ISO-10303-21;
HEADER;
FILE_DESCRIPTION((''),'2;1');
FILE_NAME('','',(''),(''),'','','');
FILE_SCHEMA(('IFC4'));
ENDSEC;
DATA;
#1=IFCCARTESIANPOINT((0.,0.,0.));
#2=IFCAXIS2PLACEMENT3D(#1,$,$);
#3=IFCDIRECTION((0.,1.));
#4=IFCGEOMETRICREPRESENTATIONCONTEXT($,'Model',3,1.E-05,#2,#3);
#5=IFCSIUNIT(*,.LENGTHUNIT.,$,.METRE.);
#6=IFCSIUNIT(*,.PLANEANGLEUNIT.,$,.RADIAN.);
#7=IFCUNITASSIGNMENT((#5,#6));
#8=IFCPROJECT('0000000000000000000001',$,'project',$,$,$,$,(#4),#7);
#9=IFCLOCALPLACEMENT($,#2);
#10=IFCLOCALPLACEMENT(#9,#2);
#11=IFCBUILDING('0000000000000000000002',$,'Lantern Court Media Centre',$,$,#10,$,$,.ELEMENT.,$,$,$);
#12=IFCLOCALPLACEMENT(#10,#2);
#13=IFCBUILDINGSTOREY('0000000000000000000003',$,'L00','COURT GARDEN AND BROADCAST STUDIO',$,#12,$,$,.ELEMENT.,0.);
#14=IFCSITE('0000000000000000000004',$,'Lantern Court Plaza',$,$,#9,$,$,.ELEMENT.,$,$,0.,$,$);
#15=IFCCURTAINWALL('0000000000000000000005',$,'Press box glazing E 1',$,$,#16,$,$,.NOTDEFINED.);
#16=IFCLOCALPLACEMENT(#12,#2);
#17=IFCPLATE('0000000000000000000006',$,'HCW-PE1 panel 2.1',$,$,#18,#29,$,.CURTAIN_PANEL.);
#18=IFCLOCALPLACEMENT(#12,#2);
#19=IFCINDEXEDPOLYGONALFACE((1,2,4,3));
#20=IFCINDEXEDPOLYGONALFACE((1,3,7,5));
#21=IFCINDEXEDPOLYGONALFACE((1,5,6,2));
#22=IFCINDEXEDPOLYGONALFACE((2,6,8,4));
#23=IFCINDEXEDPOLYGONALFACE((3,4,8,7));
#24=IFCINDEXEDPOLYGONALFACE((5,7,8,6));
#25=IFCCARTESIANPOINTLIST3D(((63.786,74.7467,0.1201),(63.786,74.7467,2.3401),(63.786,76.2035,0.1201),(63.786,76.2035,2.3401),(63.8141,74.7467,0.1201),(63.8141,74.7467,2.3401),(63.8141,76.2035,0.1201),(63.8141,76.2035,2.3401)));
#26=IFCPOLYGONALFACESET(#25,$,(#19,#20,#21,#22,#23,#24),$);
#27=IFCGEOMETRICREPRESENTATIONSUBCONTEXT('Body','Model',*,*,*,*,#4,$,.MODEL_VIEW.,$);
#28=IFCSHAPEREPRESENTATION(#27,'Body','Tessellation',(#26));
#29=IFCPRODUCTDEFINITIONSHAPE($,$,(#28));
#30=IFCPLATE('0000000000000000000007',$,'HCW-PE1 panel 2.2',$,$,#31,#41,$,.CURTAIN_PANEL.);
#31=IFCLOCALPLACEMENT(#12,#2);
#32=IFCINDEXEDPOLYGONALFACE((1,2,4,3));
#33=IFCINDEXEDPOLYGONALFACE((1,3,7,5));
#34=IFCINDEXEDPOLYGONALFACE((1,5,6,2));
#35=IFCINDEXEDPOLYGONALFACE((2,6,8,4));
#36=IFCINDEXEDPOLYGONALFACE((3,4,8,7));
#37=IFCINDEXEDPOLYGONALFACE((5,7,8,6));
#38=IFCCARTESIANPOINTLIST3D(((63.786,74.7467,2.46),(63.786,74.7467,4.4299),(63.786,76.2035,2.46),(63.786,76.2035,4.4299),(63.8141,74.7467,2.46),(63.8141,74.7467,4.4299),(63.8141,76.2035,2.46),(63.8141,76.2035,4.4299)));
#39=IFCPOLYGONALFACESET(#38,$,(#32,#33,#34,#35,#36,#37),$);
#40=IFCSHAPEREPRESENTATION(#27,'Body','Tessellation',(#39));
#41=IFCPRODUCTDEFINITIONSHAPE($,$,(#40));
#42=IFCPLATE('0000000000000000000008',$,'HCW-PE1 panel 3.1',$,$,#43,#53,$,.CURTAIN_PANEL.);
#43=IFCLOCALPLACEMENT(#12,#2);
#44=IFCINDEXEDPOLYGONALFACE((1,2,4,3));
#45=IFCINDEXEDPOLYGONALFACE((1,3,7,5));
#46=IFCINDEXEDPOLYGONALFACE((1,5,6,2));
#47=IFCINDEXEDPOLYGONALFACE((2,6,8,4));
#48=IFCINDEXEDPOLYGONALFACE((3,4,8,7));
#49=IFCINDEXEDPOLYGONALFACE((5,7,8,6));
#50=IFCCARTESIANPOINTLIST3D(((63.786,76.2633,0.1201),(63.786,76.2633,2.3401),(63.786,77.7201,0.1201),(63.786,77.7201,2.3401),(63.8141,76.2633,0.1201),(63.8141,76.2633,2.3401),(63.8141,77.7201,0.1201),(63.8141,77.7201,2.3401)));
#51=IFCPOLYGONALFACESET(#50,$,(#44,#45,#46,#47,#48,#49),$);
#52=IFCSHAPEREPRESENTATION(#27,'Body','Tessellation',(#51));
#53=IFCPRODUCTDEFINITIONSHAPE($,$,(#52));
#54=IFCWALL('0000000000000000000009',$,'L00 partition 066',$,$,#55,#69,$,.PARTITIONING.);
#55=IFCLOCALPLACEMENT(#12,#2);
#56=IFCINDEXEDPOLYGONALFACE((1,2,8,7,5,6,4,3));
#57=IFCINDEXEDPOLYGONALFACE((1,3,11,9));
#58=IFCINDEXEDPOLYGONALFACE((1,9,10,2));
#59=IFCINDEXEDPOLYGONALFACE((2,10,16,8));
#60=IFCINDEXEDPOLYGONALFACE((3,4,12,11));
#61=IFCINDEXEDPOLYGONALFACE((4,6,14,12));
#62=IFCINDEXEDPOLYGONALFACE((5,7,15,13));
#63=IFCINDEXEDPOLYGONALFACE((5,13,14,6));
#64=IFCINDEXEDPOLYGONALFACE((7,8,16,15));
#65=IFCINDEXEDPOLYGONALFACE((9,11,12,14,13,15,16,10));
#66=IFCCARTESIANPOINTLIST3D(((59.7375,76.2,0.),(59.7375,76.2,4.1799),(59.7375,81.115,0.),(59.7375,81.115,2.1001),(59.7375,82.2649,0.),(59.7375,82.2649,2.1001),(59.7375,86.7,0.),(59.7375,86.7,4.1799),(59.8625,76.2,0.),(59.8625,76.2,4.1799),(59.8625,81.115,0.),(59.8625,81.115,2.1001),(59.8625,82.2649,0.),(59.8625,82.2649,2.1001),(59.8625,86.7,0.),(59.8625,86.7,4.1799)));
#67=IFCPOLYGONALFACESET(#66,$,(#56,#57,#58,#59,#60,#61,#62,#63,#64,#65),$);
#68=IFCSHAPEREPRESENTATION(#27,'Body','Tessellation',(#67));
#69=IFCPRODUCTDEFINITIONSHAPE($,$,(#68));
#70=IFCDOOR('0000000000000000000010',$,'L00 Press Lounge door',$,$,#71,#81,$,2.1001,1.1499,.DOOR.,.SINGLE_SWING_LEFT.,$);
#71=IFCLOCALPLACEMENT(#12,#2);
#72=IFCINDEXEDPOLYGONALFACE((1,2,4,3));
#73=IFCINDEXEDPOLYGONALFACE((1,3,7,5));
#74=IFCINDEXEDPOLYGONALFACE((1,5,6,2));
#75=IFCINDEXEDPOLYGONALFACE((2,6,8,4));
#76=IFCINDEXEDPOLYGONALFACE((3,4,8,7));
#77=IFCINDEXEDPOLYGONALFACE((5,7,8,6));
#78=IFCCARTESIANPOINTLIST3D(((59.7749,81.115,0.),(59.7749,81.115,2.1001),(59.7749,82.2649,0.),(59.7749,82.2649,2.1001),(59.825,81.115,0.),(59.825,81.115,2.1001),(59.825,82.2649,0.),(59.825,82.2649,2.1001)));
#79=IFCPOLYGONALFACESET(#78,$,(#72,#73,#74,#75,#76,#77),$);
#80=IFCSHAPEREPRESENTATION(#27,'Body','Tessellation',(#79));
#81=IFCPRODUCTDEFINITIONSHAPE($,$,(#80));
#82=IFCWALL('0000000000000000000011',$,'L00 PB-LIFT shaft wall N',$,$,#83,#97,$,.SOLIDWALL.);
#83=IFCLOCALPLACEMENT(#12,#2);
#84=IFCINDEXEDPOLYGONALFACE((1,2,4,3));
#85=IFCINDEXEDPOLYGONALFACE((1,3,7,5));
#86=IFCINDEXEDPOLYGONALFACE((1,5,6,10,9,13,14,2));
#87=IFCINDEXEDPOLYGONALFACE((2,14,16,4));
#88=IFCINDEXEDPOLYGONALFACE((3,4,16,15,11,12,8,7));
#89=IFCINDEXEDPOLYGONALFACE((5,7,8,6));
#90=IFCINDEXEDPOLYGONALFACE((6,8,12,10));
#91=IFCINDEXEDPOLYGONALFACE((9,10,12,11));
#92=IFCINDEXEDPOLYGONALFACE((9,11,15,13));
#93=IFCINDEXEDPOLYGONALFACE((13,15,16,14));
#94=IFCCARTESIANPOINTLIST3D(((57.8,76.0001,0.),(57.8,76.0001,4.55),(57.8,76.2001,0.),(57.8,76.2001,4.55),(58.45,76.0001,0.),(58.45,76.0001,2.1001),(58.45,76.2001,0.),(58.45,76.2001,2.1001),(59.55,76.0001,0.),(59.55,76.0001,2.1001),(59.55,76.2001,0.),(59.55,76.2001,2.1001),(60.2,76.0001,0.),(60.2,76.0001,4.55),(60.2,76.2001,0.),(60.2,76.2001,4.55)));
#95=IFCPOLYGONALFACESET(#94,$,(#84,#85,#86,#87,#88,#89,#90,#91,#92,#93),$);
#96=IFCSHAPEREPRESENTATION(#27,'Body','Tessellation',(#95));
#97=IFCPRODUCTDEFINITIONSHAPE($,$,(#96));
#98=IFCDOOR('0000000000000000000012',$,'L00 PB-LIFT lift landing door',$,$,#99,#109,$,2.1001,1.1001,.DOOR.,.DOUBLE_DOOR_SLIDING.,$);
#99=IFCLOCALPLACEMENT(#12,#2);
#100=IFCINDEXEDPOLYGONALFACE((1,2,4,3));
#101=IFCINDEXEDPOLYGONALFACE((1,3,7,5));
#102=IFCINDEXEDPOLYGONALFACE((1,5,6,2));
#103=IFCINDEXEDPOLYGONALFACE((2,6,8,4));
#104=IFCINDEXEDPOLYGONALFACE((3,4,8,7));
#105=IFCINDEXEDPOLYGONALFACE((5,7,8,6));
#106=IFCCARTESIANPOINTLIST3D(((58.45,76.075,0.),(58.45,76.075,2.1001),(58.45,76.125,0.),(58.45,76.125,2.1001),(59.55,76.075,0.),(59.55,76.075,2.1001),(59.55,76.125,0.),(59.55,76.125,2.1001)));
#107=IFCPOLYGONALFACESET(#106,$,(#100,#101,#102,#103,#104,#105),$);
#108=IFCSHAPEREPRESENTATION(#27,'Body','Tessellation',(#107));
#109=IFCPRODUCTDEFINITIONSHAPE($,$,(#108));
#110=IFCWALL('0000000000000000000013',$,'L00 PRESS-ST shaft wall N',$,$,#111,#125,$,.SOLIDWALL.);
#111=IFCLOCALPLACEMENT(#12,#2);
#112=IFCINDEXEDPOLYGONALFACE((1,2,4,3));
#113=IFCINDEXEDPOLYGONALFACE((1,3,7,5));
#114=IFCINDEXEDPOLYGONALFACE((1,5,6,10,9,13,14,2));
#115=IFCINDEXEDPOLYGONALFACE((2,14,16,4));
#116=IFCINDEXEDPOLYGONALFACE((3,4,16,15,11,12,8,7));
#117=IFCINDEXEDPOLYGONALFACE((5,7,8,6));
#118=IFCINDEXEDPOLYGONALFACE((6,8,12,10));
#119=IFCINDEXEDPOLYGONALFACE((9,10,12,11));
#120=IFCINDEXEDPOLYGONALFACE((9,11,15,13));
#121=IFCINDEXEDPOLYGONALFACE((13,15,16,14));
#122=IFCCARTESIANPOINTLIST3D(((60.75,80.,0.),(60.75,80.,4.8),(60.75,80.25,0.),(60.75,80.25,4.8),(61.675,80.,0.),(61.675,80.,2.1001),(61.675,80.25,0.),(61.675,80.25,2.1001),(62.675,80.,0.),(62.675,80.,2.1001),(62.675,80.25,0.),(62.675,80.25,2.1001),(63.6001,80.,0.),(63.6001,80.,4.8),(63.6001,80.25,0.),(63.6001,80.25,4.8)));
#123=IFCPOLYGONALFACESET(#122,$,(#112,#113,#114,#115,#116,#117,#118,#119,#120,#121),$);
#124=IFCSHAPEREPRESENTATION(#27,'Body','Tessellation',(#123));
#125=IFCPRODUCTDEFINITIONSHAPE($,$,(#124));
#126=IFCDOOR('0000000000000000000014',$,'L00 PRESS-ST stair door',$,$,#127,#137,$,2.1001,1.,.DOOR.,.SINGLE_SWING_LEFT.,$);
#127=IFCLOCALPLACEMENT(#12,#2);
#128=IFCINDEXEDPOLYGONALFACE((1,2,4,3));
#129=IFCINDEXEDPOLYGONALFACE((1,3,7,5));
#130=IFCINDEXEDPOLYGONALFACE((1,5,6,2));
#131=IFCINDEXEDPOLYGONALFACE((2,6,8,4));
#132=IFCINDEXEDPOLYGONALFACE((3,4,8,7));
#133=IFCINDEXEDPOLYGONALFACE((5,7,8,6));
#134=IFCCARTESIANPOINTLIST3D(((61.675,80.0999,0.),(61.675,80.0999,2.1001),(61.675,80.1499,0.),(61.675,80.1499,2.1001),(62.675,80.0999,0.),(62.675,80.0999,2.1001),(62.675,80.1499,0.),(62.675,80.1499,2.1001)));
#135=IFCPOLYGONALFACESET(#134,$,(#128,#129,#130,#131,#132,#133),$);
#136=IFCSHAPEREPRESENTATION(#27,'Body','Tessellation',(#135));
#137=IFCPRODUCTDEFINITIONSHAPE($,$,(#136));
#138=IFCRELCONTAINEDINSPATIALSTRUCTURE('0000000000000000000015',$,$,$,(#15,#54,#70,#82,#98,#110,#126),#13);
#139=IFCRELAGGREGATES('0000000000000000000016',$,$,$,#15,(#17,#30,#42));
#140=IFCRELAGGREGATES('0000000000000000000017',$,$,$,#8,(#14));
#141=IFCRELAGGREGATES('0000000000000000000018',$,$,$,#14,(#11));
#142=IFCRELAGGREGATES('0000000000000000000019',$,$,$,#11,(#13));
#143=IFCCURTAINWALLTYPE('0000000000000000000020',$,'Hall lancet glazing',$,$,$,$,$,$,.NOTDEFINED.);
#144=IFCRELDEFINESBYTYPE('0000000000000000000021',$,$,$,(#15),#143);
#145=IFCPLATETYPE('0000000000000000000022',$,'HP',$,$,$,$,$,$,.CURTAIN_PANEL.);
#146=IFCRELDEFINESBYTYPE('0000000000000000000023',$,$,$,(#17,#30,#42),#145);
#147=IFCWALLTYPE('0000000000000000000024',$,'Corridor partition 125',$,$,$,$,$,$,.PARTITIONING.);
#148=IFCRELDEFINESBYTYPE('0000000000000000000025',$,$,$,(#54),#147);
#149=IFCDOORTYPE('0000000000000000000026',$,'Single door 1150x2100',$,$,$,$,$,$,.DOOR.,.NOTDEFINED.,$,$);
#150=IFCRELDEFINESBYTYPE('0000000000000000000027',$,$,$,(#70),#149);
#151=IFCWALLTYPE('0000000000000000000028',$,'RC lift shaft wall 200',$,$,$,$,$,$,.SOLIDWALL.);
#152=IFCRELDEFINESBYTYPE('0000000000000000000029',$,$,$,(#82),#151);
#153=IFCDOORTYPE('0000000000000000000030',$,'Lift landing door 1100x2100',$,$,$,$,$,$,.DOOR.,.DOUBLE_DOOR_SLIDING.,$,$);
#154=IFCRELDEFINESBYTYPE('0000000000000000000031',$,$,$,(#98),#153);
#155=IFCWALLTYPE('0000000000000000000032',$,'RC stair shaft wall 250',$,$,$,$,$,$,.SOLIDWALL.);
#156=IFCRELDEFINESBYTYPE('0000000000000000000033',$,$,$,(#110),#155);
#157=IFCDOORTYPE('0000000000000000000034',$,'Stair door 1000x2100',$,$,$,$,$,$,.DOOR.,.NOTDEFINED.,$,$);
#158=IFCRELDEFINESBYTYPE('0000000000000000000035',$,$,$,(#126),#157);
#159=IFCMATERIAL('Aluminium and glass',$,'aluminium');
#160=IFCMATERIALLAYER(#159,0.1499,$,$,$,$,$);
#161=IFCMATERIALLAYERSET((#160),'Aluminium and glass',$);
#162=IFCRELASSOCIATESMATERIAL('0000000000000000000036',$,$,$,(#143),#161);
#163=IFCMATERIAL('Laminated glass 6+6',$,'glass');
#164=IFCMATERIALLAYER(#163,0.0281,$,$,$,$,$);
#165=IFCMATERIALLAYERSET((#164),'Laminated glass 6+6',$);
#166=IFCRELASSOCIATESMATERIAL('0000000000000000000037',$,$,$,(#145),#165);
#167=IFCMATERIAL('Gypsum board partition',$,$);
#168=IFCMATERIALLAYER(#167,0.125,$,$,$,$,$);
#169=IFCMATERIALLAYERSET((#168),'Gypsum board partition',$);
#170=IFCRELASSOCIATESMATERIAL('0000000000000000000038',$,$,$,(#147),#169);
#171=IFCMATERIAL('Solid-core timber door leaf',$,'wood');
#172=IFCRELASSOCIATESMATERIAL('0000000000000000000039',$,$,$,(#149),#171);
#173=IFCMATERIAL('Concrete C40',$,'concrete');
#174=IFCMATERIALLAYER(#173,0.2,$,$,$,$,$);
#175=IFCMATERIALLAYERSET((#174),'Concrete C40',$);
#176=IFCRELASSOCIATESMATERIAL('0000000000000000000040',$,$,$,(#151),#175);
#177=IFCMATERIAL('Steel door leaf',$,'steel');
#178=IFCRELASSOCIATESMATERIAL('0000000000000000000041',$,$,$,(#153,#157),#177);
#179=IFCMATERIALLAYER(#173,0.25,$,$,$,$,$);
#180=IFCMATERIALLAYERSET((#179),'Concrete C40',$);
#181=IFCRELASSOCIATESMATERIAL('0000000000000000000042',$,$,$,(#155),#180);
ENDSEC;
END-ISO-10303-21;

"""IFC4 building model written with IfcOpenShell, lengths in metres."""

from ifc_helpers import new_model, si_unit, direction, frame, frame_2d, origin, origin_2d, place, context, subcontext, project, spatial, rectangle, extrude, material, layer, layer_set, type_object, element, fill, aggregate, save


model = new_model("IFC4")

# Units and contexts
model_context = context("Model", 3, precision=1e-05, world=origin(), true_north=direction((0.0, 1.0)))
body_context = subcontext(model_context, "Body", "Model", "MODEL_VIEW")
ifc_project = project(units=[si_unit("LENGTHUNIT", "METRE"), si_unit("PLANEANGLEUNIT", "RADIAN")], contexts=[model_context])

# Site, building, storey
site_placement = place(None, origin())
site = spatial("IfcSite", under=ifc_project, at=site_placement, Name="Lantern Court Plaza", CompositionType="ELEMENT", RefElevation=0.0)
building_placement = place(site_placement, origin())
building = spatial("IfcBuilding", under=site, at=building_placement, Name="Lantern Court Media Centre", CompositionType="ELEMENT")
storey_placement = place(building_placement, origin())
storey = spatial("IfcBuildingStorey", under=building, at=storey_placement, Name="L00", Description="COURT GARDEN AND BROADCAST STUDIO", CompositionType="ELEMENT", Elevation=0.0)

# Curtain wall, plates
ifc_material_1 = material(Name="Aluminium and glass", Category="aluminium")
ifc_layer_1 = layer(ifc_material_1, 0.1499)
ifc_layer_set_1 = layer_set([ifc_layer_1], Name="Aluminium and glass")
curtain_wall_type = type_object("IfcCurtainWallType", Name="Hall lancet glazing", PredefinedType="NOTDEFINED", material=ifc_layer_set_1)
curtain_wall_placement = place(storey_placement, origin())
curtain_wall = element("IfcCurtainWall", 1, at=curtain_wall_placement, inside=storey, type_object=curtain_wall_type, Name="Press box glazing E 1", PredefinedType="NOTDEFINED")
ifc_material_2 = material(Name="Laminated glass 6+6", Category="glass")
ifc_layer_2 = layer(ifc_material_2, 0.0281)
ifc_layer_set_2 = layer_set([ifc_layer_2], Name="Laminated glass 6+6")
plate_type = type_object("IfcPlateType", Name="HP", PredefinedType="CURTAIN_PANEL", material=ifc_layer_set_2)
plate_1_placement = place(storey_placement, frame((63.8, 75.4751, 0.1201), z_axis=(0.0, 0.0, 1.0), x_axis=(0.0, 1.0, 0.0)))
plate_1 = element("IfcPlate", 2, at=plate_1_placement, type_object=plate_type, Name="HCW-PE1 panel 2.1", PredefinedType="CURTAIN_PANEL", context=body_context, shape_type="SweptSolid", body=[
    extrude(rectangle(XDim=1.4568, YDim=0.0281, at=origin_2d()), origin(), (0.0, 0.0, 1.0), 2.22),
])
plate_2_placement = place(storey_placement, frame((63.8, 75.4751, 2.46), z_axis=(0.0, 0.0, 1.0), x_axis=(0.0, 1.0, 0.0)))
plate_2 = element("IfcPlate", 3, at=plate_2_placement, type_object=plate_type, Name="HCW-PE1 panel 2.2", PredefinedType="CURTAIN_PANEL", context=body_context, shape_type="SweptSolid", body=[
    extrude(rectangle(XDim=1.4568, YDim=0.0281, at=origin_2d()), origin(), (0.0, 0.0, 1.0), 1.97),
])
plate_3_placement = place(storey_placement, frame((63.8, 76.9917, 0.1201), z_axis=(0.0, 0.0, 1.0), x_axis=(0.0, 1.0, 0.0)))
plate_3 = element("IfcPlate", 4, at=plate_3_placement, type_object=plate_type, Name="HCW-PE1 panel 3.1", PredefinedType="CURTAIN_PANEL", context=body_context, shape_type="SweptSolid", body=[
    extrude(rectangle(XDim=1.4568, YDim=0.0281, at=origin_2d()), origin(), (0.0, 0.0, 1.0), 2.22),
])
aggregate(curtain_wall, [plate_1, plate_2, plate_3])

# Walls, openings, doors
ifc_material_3 = material(Name="Gypsum board partition")
ifc_layer_3 = layer(ifc_material_3, 0.125)
ifc_layer_set_3 = layer_set([ifc_layer_3], Name="Gypsum board partition")
wall_type_1 = type_object("IfcWallType", Name="Corridor partition 125", PredefinedType="PARTITIONING", material=ifc_layer_set_3)
wall_1_placement = place(storey_placement, frame((59.8, 76.2, 0.0), z_axis=(0.0, 0.0, 1.0), x_axis=(0.0, 1.0, 0.0)))
wall_1 = element("IfcWall", 5, at=wall_1_placement, inside=storey, type_object=wall_type_1, Name="L00 partition 066", PredefinedType="PARTITIONING", context=body_context, shape_type="SweptSolid", body=[
    extrude(rectangle(XDim=10.5, YDim=0.125, at=frame_2d((5.25, 0.0))), origin(), (0.0, 0.0, 1.0), 4.1799),
])
opening_1_placement = place(wall_1_placement, frame((4.915, 0.0, 0.0)))
opening_1 = element("IfcOpeningElement", 6, at=opening_1_placement, cuts=wall_1, PredefinedType="OPENING", context=body_context, shape_type="SweptSolid", body=[
    extrude(rectangle(XDim=1.1499, YDim=2.1001, at=frame_2d((0.575, 1.05))), frame((0.0, 0.0725, 0.0), z_axis=(0.0, -1.0, 0.0), x_axis=(1.0, 0.0, 0.0)), (0.0, 0.0, 1.0), 0.145),
])
ifc_material_4 = material(Name="Solid-core timber door leaf", Category="wood")
door_type_1 = type_object("IfcDoorType", Name="Single door 1150x2100", OperationType="NOTDEFINED", PredefinedType="DOOR", material=ifc_material_4)
door_1_placement = place(opening_1_placement, frame((1.1499, 0.0, 0.0), z_axis=(0.0, 0.0, 1.0), x_axis=(-1.0, 0.0, 0.0)))
door_1 = element("IfcDoor", 7, at=door_1_placement, inside=storey, type_object=door_type_1, Name="L00 Press Lounge door", OperationType="SINGLE_SWING_LEFT", OverallHeight=2.1001, OverallWidth=1.1499, PredefinedType="DOOR", context=body_context, shape_type="SweptSolid", body=[
    extrude(rectangle(XDim=1.1499, YDim=2.1001, at=frame_2d((0.575, 1.05))), frame((0.0, 0.0249, 0.0), z_axis=(0.0, -1.0, 0.0), x_axis=(1.0, 0.0, 0.0)), (0.0, 0.0, 1.0), 0.05),
])
fill(opening_1, door_1)
ifc_material_5 = material(Name="Concrete C40", Category="concrete")
ifc_layer_4 = layer(ifc_material_5, 0.2)
ifc_layer_set_4 = layer_set([ifc_layer_4], Name="Concrete C40")
wall_type_2 = type_object("IfcWallType", Name="RC lift shaft wall 200", PredefinedType="SOLIDWALL", material=ifc_layer_set_4)
wall_2_placement = place(storey_placement, frame((57.8, 76.1001, 0.0), z_axis=(0.0, 0.0, 1.0), x_axis=(1.0, 0.0, 0.0)))
wall_2 = element("IfcWall", 8, at=wall_2_placement, inside=storey, type_object=wall_type_2, Name="L00 PB-LIFT shaft wall N", PredefinedType="SOLIDWALL", context=body_context, shape_type="SweptSolid", body=[
    extrude(rectangle(XDim=2.3999, YDim=0.2, at=frame_2d((1.2, 0.0))), origin(), (0.0, 0.0, 1.0), 4.55),
])
opening_2_placement = place(wall_2_placement, frame((0.6499, 0.0, 0.0)))
opening_2 = element("IfcOpeningElement", 9, at=opening_2_placement, cuts=wall_2, PredefinedType="OPENING", context=body_context, shape_type="SweptSolid", body=[
    extrude(rectangle(XDim=1.1001, YDim=2.1001, at=frame_2d((0.55, 1.05))), frame((0.0, 0.1099, 0.0), z_axis=(0.0, -1.0, 0.0), x_axis=(1.0, 0.0, 0.0)), (0.0, 0.0, 1.0), 0.22),
])
ifc_material_6 = material(Name="Steel door leaf", Category="steel")
door_type_2 = type_object("IfcDoorType", Name="Lift landing door 1100x2100", OperationType="DOUBLE_DOOR_SLIDING", PredefinedType="DOOR", material=ifc_material_6)
door_2_placement = place(opening_2_placement, origin())
door_2 = element("IfcDoor", 10, at=door_2_placement, inside=storey, type_object=door_type_2, Name="L00 PB-LIFT lift landing door", OperationType="DOUBLE_DOOR_SLIDING", OverallHeight=2.1001, OverallWidth=1.1001, PredefinedType="DOOR", context=body_context, shape_type="SweptSolid", body=[
    extrude(rectangle(XDim=1.1001, YDim=2.1001, at=frame_2d((0.55, 1.05))), frame((0.0, 0.0249, 0.0), z_axis=(0.0, -1.0, 0.0), x_axis=(1.0, 0.0, 0.0)), (0.0, 0.0, 1.0), 0.05),
])
fill(opening_2, door_2)
ifc_layer_5 = layer(ifc_material_5, 0.25)
ifc_layer_set_5 = layer_set([ifc_layer_5], Name="Concrete C40")
wall_type_3 = type_object("IfcWallType", Name="RC stair shaft wall 250", PredefinedType="SOLIDWALL", material=ifc_layer_set_5)
wall_3_placement = place(storey_placement, frame((60.75, 80.125, 0.0), z_axis=(0.0, 0.0, 1.0), x_axis=(1.0, 0.0, 0.0)))
wall_3 = element("IfcWall", 11, at=wall_3_placement, inside=storey, type_object=wall_type_3, Name="L00 PRESS-ST shaft wall N", PredefinedType="SOLIDWALL", context=body_context, shape_type="SweptSolid", body=[
    extrude(rectangle(XDim=2.8501, YDim=0.25, at=frame_2d((1.425, 0.0))), origin(), (0.0, 0.0, 1.0), 4.8),
])
opening_3_placement = place(wall_3_placement, frame((0.925, 0.0, 0.0)))
opening_3 = element("IfcOpeningElement", 12, at=opening_3_placement, cuts=wall_3, PredefinedType="OPENING", context=body_context, shape_type="SweptSolid", body=[
    extrude(rectangle(XDim=1.0, YDim=2.1001, at=frame_2d((0.5, 1.05))), frame((0.0, 0.135, 0.0), z_axis=(0.0, -1.0, 0.0), x_axis=(1.0, 0.0, 0.0)), (0.0, 0.0, 1.0), 0.27),
])
door_type_3 = type_object("IfcDoorType", Name="Stair door 1000x2100", OperationType="NOTDEFINED", PredefinedType="DOOR", material=ifc_material_6)
door_3_placement = place(opening_3_placement, origin())
door_3 = element("IfcDoor", 13, at=door_3_placement, inside=storey, type_object=door_type_3, Name="L00 PRESS-ST stair door", OperationType="SINGLE_SWING_LEFT", OverallHeight=2.1001, OverallWidth=1.0, PredefinedType="DOOR", context=body_context, shape_type="SweptSolid", body=[
    extrude(rectangle(XDim=1.0, YDim=2.1001, at=frame_2d((0.5, 1.05))), frame((0.0, 0.0249, 0.0), z_axis=(0.0, -1.0, 0.0), x_axis=(1.0, 0.0, 0.0)), (0.0, 0.0, 1.0), 0.05),
])
fill(opening_3, door_3)

save(model, "model.ifc")
